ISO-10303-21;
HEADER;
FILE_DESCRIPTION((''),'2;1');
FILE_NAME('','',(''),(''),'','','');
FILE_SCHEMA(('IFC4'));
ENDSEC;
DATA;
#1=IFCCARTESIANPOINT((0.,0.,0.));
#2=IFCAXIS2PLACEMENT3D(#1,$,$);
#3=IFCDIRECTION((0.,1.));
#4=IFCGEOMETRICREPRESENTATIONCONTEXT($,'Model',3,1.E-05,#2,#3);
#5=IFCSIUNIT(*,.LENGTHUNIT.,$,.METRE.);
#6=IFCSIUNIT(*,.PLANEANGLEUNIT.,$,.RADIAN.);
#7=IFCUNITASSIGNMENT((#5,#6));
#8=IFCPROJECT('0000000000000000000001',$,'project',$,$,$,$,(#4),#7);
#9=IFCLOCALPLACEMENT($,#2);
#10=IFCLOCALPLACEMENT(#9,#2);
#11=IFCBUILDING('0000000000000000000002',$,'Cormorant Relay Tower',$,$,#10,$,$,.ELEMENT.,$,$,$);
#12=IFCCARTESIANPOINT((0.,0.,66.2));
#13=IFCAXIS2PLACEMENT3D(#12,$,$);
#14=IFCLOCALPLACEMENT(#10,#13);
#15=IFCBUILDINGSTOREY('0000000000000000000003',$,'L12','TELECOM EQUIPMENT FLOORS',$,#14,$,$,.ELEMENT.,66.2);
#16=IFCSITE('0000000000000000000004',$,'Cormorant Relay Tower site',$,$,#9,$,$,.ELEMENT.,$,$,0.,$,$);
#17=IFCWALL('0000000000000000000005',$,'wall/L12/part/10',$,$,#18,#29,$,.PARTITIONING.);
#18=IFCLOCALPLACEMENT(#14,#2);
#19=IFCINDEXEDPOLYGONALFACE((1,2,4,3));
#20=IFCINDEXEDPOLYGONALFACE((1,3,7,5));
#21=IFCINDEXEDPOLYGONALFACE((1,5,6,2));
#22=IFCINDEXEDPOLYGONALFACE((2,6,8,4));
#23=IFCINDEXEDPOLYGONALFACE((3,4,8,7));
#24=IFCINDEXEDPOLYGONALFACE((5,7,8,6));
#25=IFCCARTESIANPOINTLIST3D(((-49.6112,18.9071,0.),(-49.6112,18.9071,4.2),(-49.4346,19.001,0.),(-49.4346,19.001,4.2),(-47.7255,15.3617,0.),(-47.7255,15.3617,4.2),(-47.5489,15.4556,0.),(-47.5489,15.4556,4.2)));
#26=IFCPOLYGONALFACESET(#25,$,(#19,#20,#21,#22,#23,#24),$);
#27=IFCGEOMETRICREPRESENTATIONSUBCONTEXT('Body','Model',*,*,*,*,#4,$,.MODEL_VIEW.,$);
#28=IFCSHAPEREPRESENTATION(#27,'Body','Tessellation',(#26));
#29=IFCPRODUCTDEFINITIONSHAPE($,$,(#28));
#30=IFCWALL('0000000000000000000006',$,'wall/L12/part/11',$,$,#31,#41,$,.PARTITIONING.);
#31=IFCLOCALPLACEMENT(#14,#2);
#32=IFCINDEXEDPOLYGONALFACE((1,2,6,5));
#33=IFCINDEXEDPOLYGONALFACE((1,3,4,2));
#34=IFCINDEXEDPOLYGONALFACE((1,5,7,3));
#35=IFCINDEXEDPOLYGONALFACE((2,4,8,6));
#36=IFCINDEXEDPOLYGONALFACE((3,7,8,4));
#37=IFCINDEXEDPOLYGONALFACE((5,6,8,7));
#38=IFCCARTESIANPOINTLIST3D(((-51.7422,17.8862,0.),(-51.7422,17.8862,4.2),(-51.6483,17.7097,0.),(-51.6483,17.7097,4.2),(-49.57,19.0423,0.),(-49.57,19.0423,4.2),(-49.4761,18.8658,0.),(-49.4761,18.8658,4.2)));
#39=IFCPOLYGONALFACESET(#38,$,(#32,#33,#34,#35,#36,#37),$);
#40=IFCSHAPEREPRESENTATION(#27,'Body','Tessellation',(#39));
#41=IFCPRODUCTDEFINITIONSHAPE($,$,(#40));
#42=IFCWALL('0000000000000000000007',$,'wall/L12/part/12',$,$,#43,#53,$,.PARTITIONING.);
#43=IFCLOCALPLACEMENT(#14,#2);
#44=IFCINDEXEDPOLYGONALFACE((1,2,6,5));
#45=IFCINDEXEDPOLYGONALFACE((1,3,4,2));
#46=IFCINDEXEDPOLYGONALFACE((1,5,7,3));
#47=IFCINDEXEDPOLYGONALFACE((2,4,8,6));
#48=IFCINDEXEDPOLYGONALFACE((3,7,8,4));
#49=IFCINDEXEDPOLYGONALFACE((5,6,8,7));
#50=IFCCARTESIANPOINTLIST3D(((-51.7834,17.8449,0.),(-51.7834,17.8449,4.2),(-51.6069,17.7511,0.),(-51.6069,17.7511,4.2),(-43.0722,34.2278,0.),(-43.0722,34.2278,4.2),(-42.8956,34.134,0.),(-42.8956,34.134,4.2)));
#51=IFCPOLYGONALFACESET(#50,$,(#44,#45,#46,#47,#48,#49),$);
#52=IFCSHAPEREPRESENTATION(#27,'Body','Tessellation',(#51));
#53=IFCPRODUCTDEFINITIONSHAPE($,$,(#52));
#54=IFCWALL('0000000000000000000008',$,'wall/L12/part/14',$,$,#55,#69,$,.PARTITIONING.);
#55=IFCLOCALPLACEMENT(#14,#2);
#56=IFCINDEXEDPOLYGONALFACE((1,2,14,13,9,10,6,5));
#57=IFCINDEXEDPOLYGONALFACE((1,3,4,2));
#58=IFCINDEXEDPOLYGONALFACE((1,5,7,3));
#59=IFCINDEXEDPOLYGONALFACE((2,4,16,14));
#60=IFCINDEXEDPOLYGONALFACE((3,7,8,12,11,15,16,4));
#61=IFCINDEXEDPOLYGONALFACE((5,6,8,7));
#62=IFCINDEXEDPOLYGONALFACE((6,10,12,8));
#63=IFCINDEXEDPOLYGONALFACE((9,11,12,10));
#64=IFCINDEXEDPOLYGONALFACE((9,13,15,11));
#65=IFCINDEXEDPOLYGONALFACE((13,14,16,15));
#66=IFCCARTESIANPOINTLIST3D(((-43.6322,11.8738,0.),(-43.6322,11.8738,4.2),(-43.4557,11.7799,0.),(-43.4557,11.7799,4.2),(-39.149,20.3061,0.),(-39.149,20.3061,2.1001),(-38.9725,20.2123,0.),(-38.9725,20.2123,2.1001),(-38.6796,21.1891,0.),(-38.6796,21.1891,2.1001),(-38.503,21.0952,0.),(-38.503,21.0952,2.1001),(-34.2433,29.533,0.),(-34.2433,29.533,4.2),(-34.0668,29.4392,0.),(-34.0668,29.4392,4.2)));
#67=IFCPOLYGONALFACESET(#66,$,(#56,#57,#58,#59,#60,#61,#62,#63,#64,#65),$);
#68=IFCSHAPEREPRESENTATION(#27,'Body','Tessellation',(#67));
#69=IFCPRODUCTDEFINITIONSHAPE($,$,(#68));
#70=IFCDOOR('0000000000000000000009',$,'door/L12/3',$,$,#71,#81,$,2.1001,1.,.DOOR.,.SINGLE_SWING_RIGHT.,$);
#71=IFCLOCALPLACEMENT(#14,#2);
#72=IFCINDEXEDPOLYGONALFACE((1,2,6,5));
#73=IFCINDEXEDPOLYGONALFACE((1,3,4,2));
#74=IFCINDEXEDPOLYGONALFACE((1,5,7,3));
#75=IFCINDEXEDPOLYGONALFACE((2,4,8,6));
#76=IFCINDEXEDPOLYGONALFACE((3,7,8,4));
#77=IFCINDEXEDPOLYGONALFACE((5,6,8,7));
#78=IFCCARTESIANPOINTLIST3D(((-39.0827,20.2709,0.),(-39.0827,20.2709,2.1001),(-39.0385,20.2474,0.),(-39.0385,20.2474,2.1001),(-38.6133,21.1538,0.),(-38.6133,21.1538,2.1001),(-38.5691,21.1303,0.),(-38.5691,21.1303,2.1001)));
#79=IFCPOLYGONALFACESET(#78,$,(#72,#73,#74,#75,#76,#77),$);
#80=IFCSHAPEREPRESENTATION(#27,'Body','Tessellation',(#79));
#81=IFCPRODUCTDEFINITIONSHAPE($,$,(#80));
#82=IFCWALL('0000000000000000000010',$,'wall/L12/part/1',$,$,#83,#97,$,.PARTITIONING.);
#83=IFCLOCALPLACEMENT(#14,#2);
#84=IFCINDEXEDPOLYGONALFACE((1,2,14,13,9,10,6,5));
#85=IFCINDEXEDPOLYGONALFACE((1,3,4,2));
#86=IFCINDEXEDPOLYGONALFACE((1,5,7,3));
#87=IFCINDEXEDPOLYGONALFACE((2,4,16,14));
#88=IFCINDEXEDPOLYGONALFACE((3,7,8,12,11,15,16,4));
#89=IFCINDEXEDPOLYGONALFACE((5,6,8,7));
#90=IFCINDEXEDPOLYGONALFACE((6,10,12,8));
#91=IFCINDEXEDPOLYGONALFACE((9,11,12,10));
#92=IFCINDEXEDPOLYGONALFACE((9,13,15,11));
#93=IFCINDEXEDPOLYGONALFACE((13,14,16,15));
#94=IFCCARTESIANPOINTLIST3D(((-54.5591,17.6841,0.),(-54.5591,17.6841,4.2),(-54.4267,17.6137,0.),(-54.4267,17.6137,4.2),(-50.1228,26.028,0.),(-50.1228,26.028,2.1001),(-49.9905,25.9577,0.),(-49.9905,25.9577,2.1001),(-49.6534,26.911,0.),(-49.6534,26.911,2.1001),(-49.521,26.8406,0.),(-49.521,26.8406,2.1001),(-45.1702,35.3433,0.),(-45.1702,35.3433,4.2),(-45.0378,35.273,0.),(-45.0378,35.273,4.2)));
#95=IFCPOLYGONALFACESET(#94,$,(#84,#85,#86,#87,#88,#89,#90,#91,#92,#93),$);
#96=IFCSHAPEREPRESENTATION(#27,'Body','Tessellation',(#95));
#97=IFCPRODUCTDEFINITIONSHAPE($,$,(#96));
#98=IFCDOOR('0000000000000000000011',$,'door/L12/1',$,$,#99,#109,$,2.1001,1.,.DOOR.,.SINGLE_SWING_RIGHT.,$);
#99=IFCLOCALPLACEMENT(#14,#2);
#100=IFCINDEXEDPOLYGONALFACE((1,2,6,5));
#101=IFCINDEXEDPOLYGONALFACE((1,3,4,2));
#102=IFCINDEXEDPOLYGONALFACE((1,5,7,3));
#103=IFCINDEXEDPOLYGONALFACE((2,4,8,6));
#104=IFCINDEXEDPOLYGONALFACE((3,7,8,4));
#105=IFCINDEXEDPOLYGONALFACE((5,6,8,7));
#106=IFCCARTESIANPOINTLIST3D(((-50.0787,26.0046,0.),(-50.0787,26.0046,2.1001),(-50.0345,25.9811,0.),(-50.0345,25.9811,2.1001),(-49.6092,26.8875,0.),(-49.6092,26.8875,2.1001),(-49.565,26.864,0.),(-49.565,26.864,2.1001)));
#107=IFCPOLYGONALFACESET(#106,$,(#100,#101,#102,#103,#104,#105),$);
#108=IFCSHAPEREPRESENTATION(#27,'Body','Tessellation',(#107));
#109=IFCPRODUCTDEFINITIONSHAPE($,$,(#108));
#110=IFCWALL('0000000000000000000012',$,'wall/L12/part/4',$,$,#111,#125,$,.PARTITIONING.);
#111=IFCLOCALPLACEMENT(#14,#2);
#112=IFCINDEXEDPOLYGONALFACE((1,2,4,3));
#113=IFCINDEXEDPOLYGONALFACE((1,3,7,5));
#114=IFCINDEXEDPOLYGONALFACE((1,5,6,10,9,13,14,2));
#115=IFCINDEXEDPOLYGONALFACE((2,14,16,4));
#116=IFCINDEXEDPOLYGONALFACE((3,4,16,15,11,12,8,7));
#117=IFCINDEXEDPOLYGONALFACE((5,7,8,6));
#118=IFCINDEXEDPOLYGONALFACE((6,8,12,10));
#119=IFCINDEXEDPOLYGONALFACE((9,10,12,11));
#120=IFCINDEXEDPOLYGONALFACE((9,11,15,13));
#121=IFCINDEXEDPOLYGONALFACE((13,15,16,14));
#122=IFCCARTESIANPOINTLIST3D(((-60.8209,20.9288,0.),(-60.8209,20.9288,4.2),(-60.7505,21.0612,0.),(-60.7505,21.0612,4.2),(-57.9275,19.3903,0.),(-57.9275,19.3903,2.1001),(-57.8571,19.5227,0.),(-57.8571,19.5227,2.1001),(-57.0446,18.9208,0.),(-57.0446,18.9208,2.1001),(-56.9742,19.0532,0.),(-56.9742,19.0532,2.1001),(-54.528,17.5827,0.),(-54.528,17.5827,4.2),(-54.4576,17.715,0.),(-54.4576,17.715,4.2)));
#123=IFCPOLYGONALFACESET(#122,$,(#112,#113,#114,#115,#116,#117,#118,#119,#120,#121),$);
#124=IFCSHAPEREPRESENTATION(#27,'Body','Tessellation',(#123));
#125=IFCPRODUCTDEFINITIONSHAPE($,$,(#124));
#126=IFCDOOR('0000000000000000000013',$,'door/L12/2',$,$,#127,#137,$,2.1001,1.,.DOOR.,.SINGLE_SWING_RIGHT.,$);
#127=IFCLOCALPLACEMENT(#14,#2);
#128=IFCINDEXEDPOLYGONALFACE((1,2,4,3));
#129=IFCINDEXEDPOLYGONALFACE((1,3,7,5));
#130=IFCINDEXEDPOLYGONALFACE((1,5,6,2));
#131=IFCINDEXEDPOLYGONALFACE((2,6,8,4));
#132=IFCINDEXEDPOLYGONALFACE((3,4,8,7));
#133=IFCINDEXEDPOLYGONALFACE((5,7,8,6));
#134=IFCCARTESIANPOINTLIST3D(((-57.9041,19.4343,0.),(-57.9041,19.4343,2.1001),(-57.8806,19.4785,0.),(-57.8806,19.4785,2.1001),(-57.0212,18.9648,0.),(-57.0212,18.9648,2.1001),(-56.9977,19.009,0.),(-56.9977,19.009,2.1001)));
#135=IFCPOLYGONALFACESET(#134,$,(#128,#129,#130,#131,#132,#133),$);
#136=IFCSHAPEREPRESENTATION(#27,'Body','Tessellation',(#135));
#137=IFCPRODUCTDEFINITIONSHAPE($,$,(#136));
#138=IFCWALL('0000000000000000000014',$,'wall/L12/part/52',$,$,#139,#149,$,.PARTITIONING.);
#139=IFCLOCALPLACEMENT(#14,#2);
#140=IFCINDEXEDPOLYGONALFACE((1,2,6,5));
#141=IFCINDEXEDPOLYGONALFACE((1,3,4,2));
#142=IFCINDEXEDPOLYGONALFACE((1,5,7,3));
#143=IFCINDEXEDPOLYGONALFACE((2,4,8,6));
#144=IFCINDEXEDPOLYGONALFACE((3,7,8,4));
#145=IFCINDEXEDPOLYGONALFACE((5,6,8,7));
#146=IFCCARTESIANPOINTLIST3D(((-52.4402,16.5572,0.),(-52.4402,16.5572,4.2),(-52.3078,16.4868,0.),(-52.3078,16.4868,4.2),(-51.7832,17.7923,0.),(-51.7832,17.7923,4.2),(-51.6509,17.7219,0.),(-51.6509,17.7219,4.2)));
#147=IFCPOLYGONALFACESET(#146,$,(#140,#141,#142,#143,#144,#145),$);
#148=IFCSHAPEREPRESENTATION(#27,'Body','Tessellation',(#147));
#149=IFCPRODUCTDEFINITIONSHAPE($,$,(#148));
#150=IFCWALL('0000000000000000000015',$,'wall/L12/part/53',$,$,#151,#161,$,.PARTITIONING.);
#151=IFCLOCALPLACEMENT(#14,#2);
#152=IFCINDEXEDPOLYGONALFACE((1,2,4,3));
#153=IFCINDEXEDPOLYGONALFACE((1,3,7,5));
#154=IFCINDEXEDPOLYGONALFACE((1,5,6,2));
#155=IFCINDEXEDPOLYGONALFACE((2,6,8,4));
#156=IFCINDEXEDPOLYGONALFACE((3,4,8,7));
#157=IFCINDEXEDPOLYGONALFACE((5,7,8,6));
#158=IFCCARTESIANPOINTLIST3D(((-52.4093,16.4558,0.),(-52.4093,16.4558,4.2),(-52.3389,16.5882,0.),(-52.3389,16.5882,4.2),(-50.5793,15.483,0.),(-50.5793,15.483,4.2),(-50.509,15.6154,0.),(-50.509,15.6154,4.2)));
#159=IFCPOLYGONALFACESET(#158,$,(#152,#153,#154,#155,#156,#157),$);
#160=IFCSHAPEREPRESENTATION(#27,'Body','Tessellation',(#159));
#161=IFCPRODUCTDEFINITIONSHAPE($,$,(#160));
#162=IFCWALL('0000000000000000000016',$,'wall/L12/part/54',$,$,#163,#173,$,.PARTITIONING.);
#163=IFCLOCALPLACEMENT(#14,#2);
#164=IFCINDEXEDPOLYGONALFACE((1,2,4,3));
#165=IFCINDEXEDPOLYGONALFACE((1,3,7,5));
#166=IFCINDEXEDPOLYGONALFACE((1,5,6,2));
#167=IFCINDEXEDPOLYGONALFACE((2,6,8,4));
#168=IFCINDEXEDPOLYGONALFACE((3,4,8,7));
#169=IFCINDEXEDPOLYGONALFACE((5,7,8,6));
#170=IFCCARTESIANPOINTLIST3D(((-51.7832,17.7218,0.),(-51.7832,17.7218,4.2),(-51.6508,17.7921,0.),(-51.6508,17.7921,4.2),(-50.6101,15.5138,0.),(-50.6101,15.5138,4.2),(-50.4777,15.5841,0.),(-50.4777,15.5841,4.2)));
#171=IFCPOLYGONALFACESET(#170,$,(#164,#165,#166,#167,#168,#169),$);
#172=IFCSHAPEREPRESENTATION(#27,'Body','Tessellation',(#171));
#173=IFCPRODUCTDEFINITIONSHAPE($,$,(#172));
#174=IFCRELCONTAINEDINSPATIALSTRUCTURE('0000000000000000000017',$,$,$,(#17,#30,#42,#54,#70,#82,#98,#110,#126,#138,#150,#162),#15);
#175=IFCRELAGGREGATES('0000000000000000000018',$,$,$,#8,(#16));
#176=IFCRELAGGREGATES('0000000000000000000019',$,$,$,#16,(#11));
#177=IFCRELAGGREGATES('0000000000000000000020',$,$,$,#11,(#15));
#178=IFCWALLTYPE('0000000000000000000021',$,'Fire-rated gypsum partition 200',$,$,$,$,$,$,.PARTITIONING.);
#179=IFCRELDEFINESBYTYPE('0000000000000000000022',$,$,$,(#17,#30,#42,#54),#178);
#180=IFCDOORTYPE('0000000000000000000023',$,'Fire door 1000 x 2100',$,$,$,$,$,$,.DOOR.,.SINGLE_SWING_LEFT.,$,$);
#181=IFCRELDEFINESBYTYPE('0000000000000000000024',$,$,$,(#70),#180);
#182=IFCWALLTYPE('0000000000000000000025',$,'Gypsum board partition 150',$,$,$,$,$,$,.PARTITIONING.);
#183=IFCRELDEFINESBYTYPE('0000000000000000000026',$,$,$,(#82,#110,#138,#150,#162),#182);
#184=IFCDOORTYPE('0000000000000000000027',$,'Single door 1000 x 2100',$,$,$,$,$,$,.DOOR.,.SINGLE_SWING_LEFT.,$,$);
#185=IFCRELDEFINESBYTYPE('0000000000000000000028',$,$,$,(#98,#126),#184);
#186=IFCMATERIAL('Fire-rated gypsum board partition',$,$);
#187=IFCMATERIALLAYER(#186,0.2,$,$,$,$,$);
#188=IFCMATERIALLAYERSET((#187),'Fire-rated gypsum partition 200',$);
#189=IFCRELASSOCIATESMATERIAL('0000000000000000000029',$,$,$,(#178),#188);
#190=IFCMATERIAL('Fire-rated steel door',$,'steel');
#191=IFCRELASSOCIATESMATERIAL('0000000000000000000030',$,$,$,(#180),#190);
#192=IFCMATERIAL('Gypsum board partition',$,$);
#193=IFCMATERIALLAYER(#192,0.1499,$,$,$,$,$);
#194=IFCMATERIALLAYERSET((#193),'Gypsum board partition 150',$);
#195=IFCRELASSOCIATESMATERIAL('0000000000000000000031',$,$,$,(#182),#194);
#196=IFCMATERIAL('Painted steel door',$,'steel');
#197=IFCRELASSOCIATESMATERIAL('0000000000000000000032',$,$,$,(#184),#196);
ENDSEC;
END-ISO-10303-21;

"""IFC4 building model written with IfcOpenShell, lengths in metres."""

from ifc_helpers import new_model, si_unit, direction, frame, frame_2d, origin, place, context, subcontext, project, spatial, rectangle, extrude, material, layer, layer_set, type_object, element, fill, save


model = new_model("IFC4")

# Units and contexts
model_context = context("Model", 3, precision=1e-05, world=origin(), true_north=direction((0.0, 1.0)))
body_context = subcontext(model_context, "Body", "Model", "MODEL_VIEW")
ifc_project = project(units=[si_unit("LENGTHUNIT", "METRE"), si_unit("PLANEANGLEUNIT", "RADIAN")], contexts=[model_context])

# Site, building, storey
site_placement = place(None, origin())
site = spatial("IfcSite", under=ifc_project, at=site_placement, Name="Cormorant Relay Tower site", CompositionType="ELEMENT", RefElevation=0.0)
building_placement = place(site_placement, origin())
building = spatial("IfcBuilding", under=site, at=building_placement, Name="Cormorant Relay Tower", CompositionType="ELEMENT")
storey_placement = place(building_placement, frame((0.0, 0.0, 66.2)))
storey = spatial("IfcBuildingStorey", under=building, at=storey_placement, Name="L12", Description="TELECOM EQUIPMENT FLOORS", CompositionType="ELEMENT", Elevation=66.2)

# Walls
ifc_material_1 = material(Name="Fire-rated gypsum board partition")
ifc_layer_1 = layer(ifc_material_1, 0.2)
ifc_layer_set_1 = layer_set([ifc_layer_1], Name="Fire-rated gypsum partition 200")
wall_type_1 = type_object("IfcWallType", Name="Fire-rated gypsum partition 200", PredefinedType="PARTITIONING", material=ifc_layer_set_1)
wall_1_placement = place(storey_placement, frame((-47.6372, 15.4087, 0.0), z_axis=(0.0, 0.0, 1.0), x_axis=(-0.469591, 0.882884, 0.0)))
element("IfcWall", 1, at=wall_1_placement, inside=storey, type_object=wall_type_1, Name="wall/L12/part/10", PredefinedType="PARTITIONING", context=body_context, shape_type="SweptSolid", body=[
    extrude(rectangle(XDim=4.0156, YDim=0.2, at=frame_2d((2.0078, 0.0))), origin(), (0.0, 0.0, 1.0), 4.2),
])
wall_2_placement = place(storey_placement, frame((-49.5229, 18.9541, 0.0), z_axis=(0.0, 0.0, 1.0), x_axis=(-0.882767, -0.46981, 0.0)))
element("IfcWall", 2, at=wall_2_placement, inside=storey, type_object=wall_type_1, Name="wall/L12/part/11", PredefinedType="PARTITIONING", context=body_context, shape_type="SweptSolid", body=[
    extrude(rectangle(XDim=2.4607, YDim=0.2, at=frame_2d((1.2305, 0.0))), origin(), (0.0, 0.0, 1.0), 4.2),
])
wall_3_placement = place(storey_placement, frame((-51.6951, 17.7981, 0.0), z_axis=(0.0, 0.0, 1.0), x_axis=(0.469484, 0.882941, 0.0)))
element("IfcWall", 3, at=wall_3_placement, inside=storey, type_object=wall_type_1, Name="wall/L12/part/12", PredefinedType="PARTITIONING", context=body_context, shape_type="SweptSolid", body=[
    extrude(rectangle(XDim=18.5549, YDim=0.2, at=frame_2d((9.2773, 0.0))), origin(), (0.0, 0.0, 1.0), 4.2),
])

# Walls, openings, doors
wall_4_placement = place(storey_placement, frame((-34.155, 29.4861, 0.0), z_axis=(0.0, 0.0, 1.0), x_axis=(-0.469447, -0.882961, 0.0)))
wall_4 = element("IfcWall", 4, at=wall_4_placement, inside=storey, type_object=wall_type_1, Name="wall/L12/part/14", PredefinedType="PARTITIONING", context=body_context, shape_type="SweptSolid", body=[
    extrude(rectangle(XDim=20.0, YDim=0.2, at=frame_2d((10.0, 0.0))), origin(), (0.0, 0.0, 1.0), 4.2),
])
opening_1_placement = place(wall_4_placement, frame((9.45, 0.0, 0.0)))
opening_1 = element("IfcOpeningElement", 5, at=opening_1_placement, cuts=wall_4, PredefinedType="OPENING", context=body_context, shape_type="SweptSolid", body=[
    extrude(rectangle(XDim=1.0, YDim=2.1001, at=frame_2d((0.5, 1.05))), frame((0.0, 0.1099, 0.0), z_axis=(0.0, -1.0, 0.0), x_axis=(1.0, 0.0, 0.0)), (0.0, 0.0, 1.0), 0.22),
])
ifc_material_2 = material(Name="Fire-rated steel door", Category="steel")
door_type_1 = type_object("IfcDoorType", Name="Fire door 1000 x 2100", OperationType="SINGLE_SWING_LEFT", PredefinedType="DOOR", material=ifc_material_2)
door_1_placement = place(opening_1_placement, frame((1.0, 0.0, 0.0), z_axis=(0.0, 0.0, 1.0), x_axis=(-1.0, 0.0, 0.0)))
door_1 = element("IfcDoor", 6, at=door_1_placement, inside=storey, type_object=door_type_1, Name="door/L12/3", OperationType="SINGLE_SWING_RIGHT", OverallHeight=2.1001, OverallWidth=1.0, PredefinedType="DOOR", context=body_context, shape_type="SweptSolid", body=[
    extrude(rectangle(XDim=1.0, YDim=2.1001, at=frame_2d((0.5, 1.05))), frame((0.0, 0.0249, 0.0), z_axis=(0.0, -1.0, 0.0), x_axis=(1.0, 0.0, 0.0)), (0.0, 0.0, 1.0), 0.05),
])
fill(opening_1, door_1)
ifc_material_3 = material(Name="Gypsum board partition")
ifc_layer_2 = layer(ifc_material_3, 0.1499)
ifc_layer_set_2 = layer_set([ifc_layer_2], Name="Gypsum board partition 150")
wall_type_2 = type_object("IfcWallType", Name="Gypsum board partition 150", PredefinedType="PARTITIONING", material=ifc_layer_set_2)
wall_5_placement = place(storey_placement, frame((-54.4929, 17.6489, 0.0), z_axis=(0.0, 0.0, 1.0), x_axis=(0.469447, 0.882961, 0.0)))
wall_5 = element("IfcWall", 7, at=wall_5_placement, inside=storey, type_object=wall_type_2, Name="wall/L12/part/1", PredefinedType="PARTITIONING", context=body_context, shape_type="SweptSolid", body=[
    extrude(rectangle(XDim=20.0, YDim=0.1499, at=frame_2d((10.0, 0.0))), origin(), (0.0, 0.0, 1.0), 4.2),
])
opening_2_placement = place(wall_5_placement, frame((9.45, 0.0, 0.0)))
opening_2 = element("IfcOpeningElement", 8, at=opening_2_placement, cuts=wall_5, PredefinedType="OPENING", context=body_context, shape_type="SweptSolid", body=[
    extrude(rectangle(XDim=1.0, YDim=2.1001, at=frame_2d((0.5, 1.05))), frame((0.0, 0.085, 0.0), z_axis=(0.0, -1.0, 0.0), x_axis=(1.0, 0.0, 0.0)), (0.0, 0.0, 1.0), 0.1699),
])
ifc_material_4 = material(Name="Painted steel door", Category="steel")
door_type_2 = type_object("IfcDoorType", Name="Single door 1000 x 2100", OperationType="SINGLE_SWING_LEFT", PredefinedType="DOOR", material=ifc_material_4)
door_2_placement = place(opening_2_placement, origin())
door_2 = element("IfcDoor", 9, at=door_2_placement, inside=storey, type_object=door_type_2, Name="door/L12/1", OperationType="SINGLE_SWING_RIGHT", OverallHeight=2.1001, OverallWidth=1.0, PredefinedType="DOOR", context=body_context, shape_type="SweptSolid", body=[
    extrude(rectangle(XDim=1.0, YDim=2.1001, at=frame_2d((0.5, 1.05))), frame((0.0, 0.0249, 0.0), z_axis=(0.0, -1.0, 0.0), x_axis=(1.0, 0.0, 0.0)), (0.0, 0.0, 1.0), 0.05),
])
fill(opening_2, door_2)
wall_6_placement = place(storey_placement, frame((-54.4929, 17.6489, 0.0), z_axis=(0.0, 0.0, 1.0), x_axis=(-0.882938, 0.469489, 0.0)))
wall_6 = element("IfcWall", 10, at=wall_6_placement, inside=storey, type_object=wall_type_2, Name="wall/L12/part/4", PredefinedType="PARTITIONING", context=body_context, shape_type="SweptSolid", body=[
    extrude(rectangle(XDim=7.1272, YDim=0.1499, at=frame_2d((3.5635, 0.0))), origin(), (0.0, 0.0, 1.0), 4.2),
])
opening_3_placement = place(wall_6_placement, frame((2.8501, 0.0, 0.0)))
opening_3 = element("IfcOpeningElement", 11, at=opening_3_placement, cuts=wall_6, PredefinedType="OPENING", context=body_context, shape_type="SweptSolid", body=[
    extrude(rectangle(XDim=1.0, YDim=2.1001, at=frame_2d((0.5, 1.05))), frame((0.0, 0.085, 0.0), z_axis=(0.0, -1.0, 0.0), x_axis=(1.0, 0.0, 0.0)), (0.0, 0.0, 1.0), 0.1699),
])
door_3_placement = place(opening_3_placement, frame((1.0, 0.0, 0.0), z_axis=(0.0, 0.0, 1.0), x_axis=(-1.0, 0.0, 0.0)))
door_3 = element("IfcDoor", 12, at=door_3_placement, inside=storey, type_object=door_type_2, Name="door/L12/2", OperationType="SINGLE_SWING_RIGHT", OverallHeight=2.1001, OverallWidth=1.0, PredefinedType="DOOR", context=body_context, shape_type="SweptSolid", body=[
    extrude(rectangle(XDim=1.0, YDim=2.1001, at=frame_2d((0.5, 1.05))), frame((0.0, 0.0249, 0.0), z_axis=(0.0, -1.0, 0.0), x_axis=(1.0, 0.0, 0.0)), (0.0, 0.0, 1.0), 0.05),
])
fill(opening_3, door_3)

# Walls
wall_7_placement = place(storey_placement, frame((-51.717, 17.7571, 0.0), z_axis=(0.0, 0.0, 1.0), x_axis=(-0.469619, -0.882869, 0.0)))
element("IfcWall", 13, at=wall_7_placement, inside=storey, type_object=wall_type_2, Name="wall/L12/part/52", PredefinedType="PARTITIONING", context=body_context, shape_type="SweptSolid", body=[
    extrude(rectangle(XDim=1.3989, YDim=0.1499, at=frame_2d((0.6995, 0.0))), origin(), (0.0, 0.0, 1.0), 4.2),
])
wall_8_placement = place(storey_placement, frame((-52.374, 16.522, 0.0), z_axis=(0.0, 0.0, 1.0), x_axis=(0.882981, -0.469408, 0.0)))
element("IfcWall", 14, at=wall_8_placement, inside=storey, type_object=wall_type_2, Name="wall/L12/part/53", PredefinedType="PARTITIONING", context=body_context, shape_type="SweptSolid", body=[
    extrude(rectangle(XDim=2.0725, YDim=0.1499, at=frame_2d((1.0361, 0.0))), origin(), (0.0, 0.0, 1.0), 4.2),
])
wall_9_placement = place(storey_placement, frame((-50.5439, 15.5491, 0.0), z_axis=(0.0, 0.0, 1.0), x_axis=(-0.469184, 0.883101, 0.0)))
element("IfcWall", 15, at=wall_9_placement, inside=storey, type_object=wall_type_2, Name="wall/L12/part/54", PredefinedType="PARTITIONING", context=body_context, shape_type="SweptSolid", body=[
    extrude(rectangle(XDim=2.5002, YDim=0.1499, at=frame_2d((1.25, 0.0))), origin(), (0.0, 0.0, 1.0), 4.2),
])

save(model, "model.ifc")
